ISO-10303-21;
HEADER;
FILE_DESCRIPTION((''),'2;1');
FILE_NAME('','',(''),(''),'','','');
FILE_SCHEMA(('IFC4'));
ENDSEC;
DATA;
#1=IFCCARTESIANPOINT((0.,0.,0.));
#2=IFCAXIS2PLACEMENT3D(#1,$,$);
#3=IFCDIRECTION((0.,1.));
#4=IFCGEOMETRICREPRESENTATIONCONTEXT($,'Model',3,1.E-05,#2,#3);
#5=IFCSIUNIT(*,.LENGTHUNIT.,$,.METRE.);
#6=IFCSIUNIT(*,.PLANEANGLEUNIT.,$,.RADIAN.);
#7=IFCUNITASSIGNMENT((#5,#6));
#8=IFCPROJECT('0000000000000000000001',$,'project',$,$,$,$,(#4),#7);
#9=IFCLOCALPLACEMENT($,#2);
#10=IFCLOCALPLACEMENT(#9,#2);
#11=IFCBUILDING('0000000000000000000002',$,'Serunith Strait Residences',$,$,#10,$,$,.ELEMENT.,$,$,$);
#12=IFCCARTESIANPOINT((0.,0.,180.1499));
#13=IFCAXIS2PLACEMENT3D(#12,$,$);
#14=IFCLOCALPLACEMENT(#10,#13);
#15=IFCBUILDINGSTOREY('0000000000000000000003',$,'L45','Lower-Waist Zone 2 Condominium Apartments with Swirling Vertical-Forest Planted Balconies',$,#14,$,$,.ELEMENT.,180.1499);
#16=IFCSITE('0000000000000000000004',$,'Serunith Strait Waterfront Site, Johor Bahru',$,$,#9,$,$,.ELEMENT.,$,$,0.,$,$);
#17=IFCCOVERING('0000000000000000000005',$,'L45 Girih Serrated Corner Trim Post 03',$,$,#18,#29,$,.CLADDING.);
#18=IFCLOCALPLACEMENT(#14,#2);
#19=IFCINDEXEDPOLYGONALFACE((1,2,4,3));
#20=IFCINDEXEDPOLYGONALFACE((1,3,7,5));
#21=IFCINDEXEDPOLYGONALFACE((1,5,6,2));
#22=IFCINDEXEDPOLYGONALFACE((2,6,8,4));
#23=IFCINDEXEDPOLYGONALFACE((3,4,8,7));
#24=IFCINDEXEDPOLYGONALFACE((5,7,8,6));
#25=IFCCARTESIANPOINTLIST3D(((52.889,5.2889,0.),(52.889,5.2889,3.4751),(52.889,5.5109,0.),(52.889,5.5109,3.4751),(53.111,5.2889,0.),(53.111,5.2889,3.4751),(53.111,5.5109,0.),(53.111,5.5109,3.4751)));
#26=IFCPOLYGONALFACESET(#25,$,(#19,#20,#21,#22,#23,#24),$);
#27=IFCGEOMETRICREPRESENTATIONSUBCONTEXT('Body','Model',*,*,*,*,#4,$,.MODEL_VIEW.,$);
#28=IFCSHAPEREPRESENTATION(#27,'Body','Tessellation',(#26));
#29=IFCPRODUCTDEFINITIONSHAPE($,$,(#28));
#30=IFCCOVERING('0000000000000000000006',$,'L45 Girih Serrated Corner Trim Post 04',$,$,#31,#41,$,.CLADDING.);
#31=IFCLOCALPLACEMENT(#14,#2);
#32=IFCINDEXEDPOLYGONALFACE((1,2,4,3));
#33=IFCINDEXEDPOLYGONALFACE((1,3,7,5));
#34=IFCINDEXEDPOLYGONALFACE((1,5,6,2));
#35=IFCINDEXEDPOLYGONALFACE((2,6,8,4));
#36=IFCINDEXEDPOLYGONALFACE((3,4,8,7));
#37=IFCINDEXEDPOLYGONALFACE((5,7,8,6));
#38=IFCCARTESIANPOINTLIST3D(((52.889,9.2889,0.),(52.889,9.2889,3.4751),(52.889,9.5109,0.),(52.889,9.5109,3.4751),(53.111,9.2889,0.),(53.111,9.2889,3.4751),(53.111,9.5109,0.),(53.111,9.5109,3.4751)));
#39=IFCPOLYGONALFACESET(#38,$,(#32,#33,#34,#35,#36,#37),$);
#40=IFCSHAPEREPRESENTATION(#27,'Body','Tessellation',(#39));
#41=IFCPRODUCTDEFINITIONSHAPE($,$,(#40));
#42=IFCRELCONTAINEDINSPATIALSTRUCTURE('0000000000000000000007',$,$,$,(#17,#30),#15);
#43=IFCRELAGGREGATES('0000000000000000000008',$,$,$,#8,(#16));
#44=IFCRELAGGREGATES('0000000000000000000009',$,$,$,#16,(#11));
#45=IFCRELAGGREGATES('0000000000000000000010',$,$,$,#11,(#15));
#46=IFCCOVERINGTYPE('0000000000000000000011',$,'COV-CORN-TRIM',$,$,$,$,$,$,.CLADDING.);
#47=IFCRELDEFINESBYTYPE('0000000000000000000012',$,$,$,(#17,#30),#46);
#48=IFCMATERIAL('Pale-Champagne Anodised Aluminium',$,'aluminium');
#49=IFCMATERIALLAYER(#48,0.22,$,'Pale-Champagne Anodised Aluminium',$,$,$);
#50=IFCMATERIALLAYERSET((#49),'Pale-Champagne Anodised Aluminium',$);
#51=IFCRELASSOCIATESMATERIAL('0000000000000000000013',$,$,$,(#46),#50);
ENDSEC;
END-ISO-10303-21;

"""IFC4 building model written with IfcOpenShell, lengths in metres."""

from ifc_helpers import new_model, si_unit, direction, frame, origin, origin_2d, place, context, subcontext, project, spatial, rectangle, extrude, source, transform, mapped, material, layer, layer_set, type_object, element, save


model = new_model("IFC4")

# Units and contexts
model_context = context("Model", 3, precision=1e-05, world=origin(), true_north=direction((0.0, 1.0)))
body_context = subcontext(model_context, "Body", "Model", "MODEL_VIEW")
ifc_project = project(units=[si_unit("LENGTHUNIT", "METRE"), si_unit("PLANEANGLEUNIT", "RADIAN")], contexts=[model_context])

# Site, building, storey
site_placement = place(None, origin())
site = spatial("IfcSite", under=ifc_project, at=site_placement, Name="Serunith Strait Waterfront Site, Johor Bahru", CompositionType="ELEMENT", RefElevation=0.0)
building_placement = place(site_placement, origin())
building = spatial("IfcBuilding", under=site, at=building_placement, Name="Serunith Strait Residences", CompositionType="ELEMENT")
storey_placement = place(building_placement, frame((0.0, 0.0, 180.1499)))
storey = spatial("IfcBuildingStorey", under=building, at=storey_placement, Name="L45", Description="Lower-Waist Zone 2 Condominium Apartments with Swirling Vertical-Forest Planted Balconies", CompositionType="ELEMENT", Elevation=180.1499)

# Shared definitions
ifc_material_1 = material(Name="Pale-Champagne Anodised Aluminium", Category="aluminium")

# Coverings
ifc_layer_1 = layer(ifc_material_1, 0.22, Name="Pale-Champagne Anodised Aluminium")
ifc_layer_set_1 = layer_set([ifc_layer_1], Name="Pale-Champagne Anodised Aluminium")
covering_type = type_object("IfcCoveringType", Name="COV-CORN-TRIM", PredefinedType="CLADDING", material=ifc_layer_set_1)
shared_shape_1 = source(origin(), body_context, "Body", "SweptSolid", [
    extrude(rectangle(XDim=0.2219, YDim=0.2219, at=origin_2d()), origin(), (0.0, 0.0, 1.0), 3.4751),
])
for number, where, z_axis, x_axis, name in (
    (1, (53.0, 5.3999, 0.0), (0.0, 0.0, 1.0), (1.0, 0.0, 0.0), "L45 Girih Serrated Corner Trim Post 03"),
    (2, (53.0, 9.3999, 0.0), (0.0, 0.0, 1.0), (1.0, 0.0, 0.0), "L45 Girih Serrated Corner Trim Post 04"),
):
    element("IfcCovering", number, at=place(storey_placement, frame(where, z_axis=z_axis, x_axis=x_axis)), inside=storey, type_object=covering_type, Name=name, PredefinedType="CLADDING", context=body_context, shape_type="MappedRepresentation", body=[
        mapped(shared_shape_1, transform((0.0, 0.0, 0.0), scale=1.0)),
    ])

save(model, "model.ifc")
